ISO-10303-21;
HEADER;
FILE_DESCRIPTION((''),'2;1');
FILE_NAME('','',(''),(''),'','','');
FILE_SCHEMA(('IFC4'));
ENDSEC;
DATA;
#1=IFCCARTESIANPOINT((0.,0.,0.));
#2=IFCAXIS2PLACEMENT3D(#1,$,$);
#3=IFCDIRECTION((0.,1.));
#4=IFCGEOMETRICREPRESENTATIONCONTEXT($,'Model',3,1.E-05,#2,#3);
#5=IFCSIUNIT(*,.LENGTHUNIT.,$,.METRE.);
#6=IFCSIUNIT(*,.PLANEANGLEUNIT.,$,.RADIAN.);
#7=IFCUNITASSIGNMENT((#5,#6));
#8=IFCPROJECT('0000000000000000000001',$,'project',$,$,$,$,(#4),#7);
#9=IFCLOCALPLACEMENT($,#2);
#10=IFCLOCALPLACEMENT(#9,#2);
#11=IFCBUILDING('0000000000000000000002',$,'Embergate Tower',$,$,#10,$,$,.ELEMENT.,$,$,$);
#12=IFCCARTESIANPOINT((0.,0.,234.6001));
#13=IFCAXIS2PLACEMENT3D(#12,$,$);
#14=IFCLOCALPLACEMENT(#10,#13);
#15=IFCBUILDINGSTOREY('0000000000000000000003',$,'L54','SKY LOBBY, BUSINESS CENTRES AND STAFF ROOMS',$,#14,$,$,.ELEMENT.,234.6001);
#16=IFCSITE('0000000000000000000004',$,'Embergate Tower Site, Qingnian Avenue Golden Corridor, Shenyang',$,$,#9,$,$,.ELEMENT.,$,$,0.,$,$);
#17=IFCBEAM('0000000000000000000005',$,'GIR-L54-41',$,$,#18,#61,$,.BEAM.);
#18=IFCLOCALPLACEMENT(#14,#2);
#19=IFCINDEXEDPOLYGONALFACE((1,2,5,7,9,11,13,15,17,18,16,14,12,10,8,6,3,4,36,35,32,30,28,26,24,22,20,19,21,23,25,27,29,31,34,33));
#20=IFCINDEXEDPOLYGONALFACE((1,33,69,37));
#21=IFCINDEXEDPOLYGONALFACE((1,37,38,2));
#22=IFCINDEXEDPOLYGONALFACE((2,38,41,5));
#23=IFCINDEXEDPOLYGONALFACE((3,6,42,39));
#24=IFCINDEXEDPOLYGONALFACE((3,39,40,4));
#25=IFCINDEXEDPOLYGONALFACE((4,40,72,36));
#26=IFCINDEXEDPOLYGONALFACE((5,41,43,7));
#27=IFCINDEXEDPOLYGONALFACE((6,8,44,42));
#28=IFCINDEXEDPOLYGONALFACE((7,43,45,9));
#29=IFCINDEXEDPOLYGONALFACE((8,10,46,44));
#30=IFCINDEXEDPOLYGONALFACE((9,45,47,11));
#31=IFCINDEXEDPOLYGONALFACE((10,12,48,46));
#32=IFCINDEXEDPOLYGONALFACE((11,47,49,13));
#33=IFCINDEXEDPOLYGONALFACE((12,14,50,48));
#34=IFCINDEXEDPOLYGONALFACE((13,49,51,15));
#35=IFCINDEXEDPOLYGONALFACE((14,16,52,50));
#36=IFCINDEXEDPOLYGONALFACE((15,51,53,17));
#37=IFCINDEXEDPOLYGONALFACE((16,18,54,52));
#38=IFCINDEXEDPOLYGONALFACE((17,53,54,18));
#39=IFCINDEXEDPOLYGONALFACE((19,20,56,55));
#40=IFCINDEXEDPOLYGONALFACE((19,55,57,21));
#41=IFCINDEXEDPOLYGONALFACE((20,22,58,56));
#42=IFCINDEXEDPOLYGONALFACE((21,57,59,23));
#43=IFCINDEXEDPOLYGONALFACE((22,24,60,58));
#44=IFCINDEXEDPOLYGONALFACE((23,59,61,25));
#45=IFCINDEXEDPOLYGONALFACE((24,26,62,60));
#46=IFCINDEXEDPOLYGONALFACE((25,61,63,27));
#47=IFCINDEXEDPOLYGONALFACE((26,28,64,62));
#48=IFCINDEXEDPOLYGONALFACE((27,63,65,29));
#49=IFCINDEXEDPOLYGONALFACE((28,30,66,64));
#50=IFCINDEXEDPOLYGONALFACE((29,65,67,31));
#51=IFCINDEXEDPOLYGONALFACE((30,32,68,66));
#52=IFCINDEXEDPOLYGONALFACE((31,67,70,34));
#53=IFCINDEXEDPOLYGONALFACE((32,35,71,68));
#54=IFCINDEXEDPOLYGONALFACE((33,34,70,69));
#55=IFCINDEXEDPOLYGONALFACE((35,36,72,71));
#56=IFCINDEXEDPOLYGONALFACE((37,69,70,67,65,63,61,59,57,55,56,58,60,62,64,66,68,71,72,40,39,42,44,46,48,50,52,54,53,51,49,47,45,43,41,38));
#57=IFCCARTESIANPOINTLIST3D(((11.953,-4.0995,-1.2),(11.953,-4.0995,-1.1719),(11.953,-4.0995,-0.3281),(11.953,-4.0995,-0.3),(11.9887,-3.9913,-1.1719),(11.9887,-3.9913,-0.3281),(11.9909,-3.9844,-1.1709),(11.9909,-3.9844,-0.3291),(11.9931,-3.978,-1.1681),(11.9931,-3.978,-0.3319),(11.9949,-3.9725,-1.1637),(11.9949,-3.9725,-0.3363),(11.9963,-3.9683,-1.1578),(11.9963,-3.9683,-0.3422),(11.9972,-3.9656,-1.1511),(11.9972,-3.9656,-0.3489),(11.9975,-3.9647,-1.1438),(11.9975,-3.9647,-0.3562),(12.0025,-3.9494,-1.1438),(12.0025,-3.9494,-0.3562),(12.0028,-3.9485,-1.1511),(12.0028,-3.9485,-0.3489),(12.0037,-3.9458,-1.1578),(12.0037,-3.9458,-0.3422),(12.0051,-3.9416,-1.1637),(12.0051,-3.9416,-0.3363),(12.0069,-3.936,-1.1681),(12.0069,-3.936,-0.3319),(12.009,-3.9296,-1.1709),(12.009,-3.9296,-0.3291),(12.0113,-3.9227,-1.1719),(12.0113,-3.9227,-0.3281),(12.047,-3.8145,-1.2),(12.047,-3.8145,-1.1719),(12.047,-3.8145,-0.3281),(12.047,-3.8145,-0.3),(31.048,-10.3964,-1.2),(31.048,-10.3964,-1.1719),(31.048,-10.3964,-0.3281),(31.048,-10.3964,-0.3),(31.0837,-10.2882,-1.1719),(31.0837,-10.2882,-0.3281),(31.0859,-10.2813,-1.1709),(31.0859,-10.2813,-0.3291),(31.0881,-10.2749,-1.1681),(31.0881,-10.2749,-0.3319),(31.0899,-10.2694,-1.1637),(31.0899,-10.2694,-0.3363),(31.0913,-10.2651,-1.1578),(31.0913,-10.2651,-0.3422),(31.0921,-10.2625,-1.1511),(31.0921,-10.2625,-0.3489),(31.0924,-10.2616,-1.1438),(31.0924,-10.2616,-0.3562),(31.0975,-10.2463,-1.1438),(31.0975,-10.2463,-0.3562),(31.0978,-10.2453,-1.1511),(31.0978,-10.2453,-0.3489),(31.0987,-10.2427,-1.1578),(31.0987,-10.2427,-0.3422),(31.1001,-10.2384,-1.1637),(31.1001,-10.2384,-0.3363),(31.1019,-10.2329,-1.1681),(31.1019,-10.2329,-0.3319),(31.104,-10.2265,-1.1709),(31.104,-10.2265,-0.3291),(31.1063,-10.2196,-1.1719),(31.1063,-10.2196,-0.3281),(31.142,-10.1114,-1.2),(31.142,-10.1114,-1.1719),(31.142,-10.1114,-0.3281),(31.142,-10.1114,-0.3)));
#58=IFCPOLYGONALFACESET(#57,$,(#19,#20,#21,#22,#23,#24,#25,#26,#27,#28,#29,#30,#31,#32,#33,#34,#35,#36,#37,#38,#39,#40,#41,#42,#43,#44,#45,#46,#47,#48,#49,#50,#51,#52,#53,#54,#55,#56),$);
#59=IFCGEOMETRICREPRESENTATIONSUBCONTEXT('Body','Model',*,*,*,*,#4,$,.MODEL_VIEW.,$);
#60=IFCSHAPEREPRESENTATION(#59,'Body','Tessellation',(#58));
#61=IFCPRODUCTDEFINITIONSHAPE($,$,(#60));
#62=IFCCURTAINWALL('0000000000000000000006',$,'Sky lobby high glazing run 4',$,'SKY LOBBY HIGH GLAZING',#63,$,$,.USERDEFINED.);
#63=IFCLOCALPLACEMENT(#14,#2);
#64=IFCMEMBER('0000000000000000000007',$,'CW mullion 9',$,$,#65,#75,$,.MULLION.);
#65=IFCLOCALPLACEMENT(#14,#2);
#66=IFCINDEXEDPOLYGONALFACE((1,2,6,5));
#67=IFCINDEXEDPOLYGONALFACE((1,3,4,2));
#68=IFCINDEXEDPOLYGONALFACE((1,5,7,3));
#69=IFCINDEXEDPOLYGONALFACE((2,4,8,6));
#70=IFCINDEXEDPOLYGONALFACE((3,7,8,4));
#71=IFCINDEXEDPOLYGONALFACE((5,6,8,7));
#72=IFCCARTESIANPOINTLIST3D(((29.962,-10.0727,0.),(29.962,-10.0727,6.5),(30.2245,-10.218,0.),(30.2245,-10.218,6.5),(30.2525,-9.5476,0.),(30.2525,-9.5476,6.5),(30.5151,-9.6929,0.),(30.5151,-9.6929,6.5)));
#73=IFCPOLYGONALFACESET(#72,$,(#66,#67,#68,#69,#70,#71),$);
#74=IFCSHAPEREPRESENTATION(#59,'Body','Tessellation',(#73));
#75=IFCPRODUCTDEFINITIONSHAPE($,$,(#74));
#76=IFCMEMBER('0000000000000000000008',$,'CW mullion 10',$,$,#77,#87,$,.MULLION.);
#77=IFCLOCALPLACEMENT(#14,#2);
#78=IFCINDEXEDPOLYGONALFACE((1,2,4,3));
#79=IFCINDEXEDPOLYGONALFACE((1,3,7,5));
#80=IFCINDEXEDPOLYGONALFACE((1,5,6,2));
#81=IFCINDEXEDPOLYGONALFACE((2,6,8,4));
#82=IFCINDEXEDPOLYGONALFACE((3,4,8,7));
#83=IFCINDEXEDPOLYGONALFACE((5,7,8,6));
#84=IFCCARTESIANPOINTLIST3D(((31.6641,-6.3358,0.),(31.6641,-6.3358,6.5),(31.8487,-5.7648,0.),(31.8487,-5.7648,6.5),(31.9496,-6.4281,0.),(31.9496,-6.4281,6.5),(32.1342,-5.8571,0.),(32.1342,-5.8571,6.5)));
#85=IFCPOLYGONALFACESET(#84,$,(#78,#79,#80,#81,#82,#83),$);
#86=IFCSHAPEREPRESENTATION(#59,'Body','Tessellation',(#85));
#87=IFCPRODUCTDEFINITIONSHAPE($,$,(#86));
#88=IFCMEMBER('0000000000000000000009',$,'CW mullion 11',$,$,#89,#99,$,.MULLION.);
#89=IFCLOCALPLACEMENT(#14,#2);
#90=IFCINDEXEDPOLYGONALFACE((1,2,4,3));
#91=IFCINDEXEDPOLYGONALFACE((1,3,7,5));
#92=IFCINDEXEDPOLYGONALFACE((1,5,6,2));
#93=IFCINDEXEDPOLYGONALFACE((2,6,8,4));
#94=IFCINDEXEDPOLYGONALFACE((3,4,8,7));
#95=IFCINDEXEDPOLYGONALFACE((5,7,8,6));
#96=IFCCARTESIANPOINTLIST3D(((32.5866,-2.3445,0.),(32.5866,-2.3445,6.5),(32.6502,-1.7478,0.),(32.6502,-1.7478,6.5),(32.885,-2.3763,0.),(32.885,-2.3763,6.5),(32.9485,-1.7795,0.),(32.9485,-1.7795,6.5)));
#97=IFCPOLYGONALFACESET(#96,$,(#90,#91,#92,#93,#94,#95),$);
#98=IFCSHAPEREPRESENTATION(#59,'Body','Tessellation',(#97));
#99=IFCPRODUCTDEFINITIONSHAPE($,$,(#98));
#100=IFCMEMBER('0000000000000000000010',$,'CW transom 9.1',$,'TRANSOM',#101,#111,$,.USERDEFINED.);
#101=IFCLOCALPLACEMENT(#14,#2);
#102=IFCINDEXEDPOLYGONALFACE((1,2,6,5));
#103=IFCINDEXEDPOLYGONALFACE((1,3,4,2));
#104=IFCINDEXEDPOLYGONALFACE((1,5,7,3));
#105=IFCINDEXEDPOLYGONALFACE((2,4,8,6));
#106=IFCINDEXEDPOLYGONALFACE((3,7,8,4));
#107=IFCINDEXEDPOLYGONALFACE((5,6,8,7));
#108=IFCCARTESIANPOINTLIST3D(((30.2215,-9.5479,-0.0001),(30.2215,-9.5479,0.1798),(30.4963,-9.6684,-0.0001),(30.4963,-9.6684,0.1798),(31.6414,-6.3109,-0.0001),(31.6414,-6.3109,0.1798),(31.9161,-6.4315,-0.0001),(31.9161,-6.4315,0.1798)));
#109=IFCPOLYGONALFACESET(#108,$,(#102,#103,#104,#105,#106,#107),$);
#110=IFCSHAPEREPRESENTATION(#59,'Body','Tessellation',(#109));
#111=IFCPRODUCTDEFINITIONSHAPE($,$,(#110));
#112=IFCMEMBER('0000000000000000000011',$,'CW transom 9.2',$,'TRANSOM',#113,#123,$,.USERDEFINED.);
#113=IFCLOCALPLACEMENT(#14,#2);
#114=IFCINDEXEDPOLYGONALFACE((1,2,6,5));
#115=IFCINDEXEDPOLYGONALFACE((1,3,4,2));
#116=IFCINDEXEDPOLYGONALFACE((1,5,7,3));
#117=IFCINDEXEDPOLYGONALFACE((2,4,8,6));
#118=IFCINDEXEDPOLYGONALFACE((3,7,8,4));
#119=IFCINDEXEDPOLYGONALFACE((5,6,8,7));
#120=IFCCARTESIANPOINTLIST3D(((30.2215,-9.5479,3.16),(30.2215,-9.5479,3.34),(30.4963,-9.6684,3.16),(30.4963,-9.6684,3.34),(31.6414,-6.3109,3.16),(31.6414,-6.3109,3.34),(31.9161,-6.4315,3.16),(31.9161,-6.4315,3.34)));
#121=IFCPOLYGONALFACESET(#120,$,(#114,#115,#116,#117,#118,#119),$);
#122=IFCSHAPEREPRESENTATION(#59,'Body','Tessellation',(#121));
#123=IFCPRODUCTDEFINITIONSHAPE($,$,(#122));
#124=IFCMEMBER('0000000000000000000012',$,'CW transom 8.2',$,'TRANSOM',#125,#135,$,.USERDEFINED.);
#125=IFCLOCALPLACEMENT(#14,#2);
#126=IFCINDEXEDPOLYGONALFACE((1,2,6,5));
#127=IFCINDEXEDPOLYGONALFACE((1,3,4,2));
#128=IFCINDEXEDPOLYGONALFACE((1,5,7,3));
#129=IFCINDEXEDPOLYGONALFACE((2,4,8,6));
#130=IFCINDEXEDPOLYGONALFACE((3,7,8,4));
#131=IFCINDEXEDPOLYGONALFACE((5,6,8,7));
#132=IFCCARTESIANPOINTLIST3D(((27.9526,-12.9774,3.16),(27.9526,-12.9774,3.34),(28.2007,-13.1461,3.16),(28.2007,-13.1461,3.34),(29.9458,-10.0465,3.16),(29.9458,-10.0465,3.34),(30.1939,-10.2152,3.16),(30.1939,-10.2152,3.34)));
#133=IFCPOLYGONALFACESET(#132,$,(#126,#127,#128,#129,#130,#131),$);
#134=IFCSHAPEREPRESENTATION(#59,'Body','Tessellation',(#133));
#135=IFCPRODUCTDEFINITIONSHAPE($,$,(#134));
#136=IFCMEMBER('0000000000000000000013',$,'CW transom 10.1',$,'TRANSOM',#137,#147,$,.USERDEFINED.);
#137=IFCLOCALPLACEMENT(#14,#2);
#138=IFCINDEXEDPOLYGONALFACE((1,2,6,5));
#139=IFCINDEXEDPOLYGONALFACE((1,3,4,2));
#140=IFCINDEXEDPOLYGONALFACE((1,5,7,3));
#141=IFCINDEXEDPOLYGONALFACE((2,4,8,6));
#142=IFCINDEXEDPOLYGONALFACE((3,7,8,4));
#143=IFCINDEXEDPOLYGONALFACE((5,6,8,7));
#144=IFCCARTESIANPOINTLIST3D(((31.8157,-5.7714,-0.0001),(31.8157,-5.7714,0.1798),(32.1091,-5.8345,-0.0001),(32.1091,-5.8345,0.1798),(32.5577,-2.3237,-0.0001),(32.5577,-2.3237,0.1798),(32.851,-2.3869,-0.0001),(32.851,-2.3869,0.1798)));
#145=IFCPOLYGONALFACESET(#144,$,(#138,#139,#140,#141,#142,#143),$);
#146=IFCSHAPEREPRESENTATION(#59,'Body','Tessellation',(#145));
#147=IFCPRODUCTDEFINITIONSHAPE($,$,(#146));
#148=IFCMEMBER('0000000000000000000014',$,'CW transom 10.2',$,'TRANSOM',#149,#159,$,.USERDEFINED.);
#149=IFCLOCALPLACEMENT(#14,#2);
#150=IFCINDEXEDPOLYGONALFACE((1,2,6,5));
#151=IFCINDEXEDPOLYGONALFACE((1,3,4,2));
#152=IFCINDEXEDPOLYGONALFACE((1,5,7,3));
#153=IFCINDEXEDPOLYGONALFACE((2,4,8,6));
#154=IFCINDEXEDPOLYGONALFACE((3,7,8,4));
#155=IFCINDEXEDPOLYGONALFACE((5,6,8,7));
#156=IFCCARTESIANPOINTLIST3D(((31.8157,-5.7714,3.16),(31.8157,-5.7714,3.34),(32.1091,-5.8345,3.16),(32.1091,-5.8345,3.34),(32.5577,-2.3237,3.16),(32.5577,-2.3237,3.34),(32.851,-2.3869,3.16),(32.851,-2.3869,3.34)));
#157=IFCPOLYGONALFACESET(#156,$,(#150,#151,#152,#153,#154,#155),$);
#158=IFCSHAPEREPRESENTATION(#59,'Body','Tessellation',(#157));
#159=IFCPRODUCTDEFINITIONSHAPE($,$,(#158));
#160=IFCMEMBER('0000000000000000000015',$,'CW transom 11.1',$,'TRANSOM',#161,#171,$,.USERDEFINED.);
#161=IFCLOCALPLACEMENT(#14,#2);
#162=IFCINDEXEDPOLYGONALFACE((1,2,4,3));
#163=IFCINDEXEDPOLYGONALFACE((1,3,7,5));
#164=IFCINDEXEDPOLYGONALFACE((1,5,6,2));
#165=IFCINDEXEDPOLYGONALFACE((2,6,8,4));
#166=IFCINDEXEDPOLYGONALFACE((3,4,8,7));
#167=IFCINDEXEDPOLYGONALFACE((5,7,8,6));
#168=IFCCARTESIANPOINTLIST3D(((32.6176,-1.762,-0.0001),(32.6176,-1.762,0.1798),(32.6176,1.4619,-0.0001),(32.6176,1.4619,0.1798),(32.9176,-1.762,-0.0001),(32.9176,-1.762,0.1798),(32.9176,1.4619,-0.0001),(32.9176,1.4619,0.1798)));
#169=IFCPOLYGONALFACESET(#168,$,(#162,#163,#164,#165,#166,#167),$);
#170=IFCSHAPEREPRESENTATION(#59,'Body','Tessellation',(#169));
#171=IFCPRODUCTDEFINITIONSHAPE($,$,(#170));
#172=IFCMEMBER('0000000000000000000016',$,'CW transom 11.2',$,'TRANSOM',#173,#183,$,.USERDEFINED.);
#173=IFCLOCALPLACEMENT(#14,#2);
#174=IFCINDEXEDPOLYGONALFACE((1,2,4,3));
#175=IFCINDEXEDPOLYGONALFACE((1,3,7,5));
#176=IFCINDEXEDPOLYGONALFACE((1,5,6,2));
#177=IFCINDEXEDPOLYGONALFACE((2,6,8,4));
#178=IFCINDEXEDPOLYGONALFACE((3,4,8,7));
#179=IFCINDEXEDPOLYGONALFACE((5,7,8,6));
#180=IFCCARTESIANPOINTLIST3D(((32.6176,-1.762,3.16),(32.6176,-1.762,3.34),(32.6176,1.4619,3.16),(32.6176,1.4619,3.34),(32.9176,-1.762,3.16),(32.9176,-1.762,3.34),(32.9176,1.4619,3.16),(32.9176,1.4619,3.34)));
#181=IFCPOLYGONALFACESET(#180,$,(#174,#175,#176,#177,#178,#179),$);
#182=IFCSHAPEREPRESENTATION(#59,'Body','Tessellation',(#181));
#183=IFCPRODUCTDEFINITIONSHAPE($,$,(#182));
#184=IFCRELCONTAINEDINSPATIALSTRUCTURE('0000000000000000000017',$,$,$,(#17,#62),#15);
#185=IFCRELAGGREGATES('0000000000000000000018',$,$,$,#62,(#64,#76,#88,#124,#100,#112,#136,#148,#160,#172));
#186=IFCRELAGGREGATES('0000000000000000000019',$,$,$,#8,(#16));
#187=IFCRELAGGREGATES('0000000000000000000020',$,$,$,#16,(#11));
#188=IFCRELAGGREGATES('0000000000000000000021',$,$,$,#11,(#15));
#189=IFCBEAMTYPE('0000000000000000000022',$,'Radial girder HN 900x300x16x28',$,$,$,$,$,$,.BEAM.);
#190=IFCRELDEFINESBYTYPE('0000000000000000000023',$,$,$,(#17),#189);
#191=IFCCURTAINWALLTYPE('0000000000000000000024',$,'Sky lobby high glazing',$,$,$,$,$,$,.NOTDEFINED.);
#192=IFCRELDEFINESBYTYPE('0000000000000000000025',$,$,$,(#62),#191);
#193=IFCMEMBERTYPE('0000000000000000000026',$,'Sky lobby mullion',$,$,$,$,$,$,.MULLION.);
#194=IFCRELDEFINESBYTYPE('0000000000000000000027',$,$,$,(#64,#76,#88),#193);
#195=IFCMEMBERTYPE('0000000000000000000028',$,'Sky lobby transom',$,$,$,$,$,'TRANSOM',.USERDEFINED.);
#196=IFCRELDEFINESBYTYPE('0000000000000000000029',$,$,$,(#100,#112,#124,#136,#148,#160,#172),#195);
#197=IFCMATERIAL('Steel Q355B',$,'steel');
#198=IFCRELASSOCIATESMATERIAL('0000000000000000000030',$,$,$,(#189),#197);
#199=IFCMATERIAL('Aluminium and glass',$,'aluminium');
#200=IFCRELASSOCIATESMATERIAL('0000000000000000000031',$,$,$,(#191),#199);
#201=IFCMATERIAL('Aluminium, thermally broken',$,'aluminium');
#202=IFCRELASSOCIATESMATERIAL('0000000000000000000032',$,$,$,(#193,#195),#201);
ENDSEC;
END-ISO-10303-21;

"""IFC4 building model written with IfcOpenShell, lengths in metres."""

from ifc_helpers import new_model, si_unit, direction, frame, origin, origin_2d, place, context, subcontext, project, spatial, rectangle, i_section, extrude, source, transform, mapped, material, material_profile, profile_set, type_object, element, aggregate, save


model = new_model("IFC4")

# Units and contexts
model_context = context("Model", 3, precision=1e-05, world=origin(), true_north=direction((0.0, 1.0)))
body_context = subcontext(model_context, "Body", "Model", "MODEL_VIEW")
ifc_project = project(units=[si_unit("LENGTHUNIT", "METRE"), si_unit("PLANEANGLEUNIT", "RADIAN")], contexts=[model_context])

# Site, building, storey
site_placement = place(None, origin())
site = spatial("IfcSite", under=ifc_project, at=site_placement, Name="Embergate Tower Site, Qingnian Avenue Golden Corridor, Shenyang", CompositionType="ELEMENT", RefElevation=0.0)
building_placement = place(site_placement, origin())
building = spatial("IfcBuilding", under=site, at=building_placement, Name="Embergate Tower", CompositionType="ELEMENT")
storey_placement = place(building_placement, frame((0.0, 0.0, 234.6001)))
storey = spatial("IfcBuildingStorey", under=building, at=storey_placement, Name="L54", Description="SKY LOBBY, BUSINESS CENTRES AND STAFF ROOMS", CompositionType="ELEMENT", Elevation=234.6001)

# Beam
ifc_material_1 = material(Name="Steel Q355B", Category="steel")
ifc_material_profile_1 = material_profile(ifc_material_1, i_section(OverallWidth=0.3, OverallDepth=0.8999, WebThickness=0.0161, FlangeThickness=0.0281, FilletRadius=0.0281, at=origin_2d()), Name="HN 900x300x16x28")
ifc_profile_set_1 = profile_set([ifc_material_profile_1], Name="Steel Q355 grade B")
beam_type_1 = type_object("IfcBeamType", Name="Radial girder HN 900x300x16x28", PredefinedType="BEAM", material=ifc_profile_set_1)
shared_shape_1 = source(origin(), body_context, "Body", "SweptSolid", [
    extrude(i_section(OverallWidth=0.3, OverallDepth=0.8999, WebThickness=0.0161, FlangeThickness=0.0281, FilletRadius=0.0281, at=origin_2d()), origin(), (0.0, 0.0, 1.0), 20.1064),
])
beam_1_placement = place(storey_placement, frame((31.095, -10.2539, -0.75), z_axis=(-0.949695, 0.313177, 0.0), x_axis=(-0.313177, -0.949695, 0.0)))
element("IfcBeam", 1, at=beam_1_placement, inside=storey, type_object=beam_type_1, Name="GIR-L54-41", PredefinedType="BEAM", context=body_context, shape_type="MappedRepresentation", body=[
    mapped(shared_shape_1, transform((0.0, 0.0, 0.0))),
])

# Curtain wall, members
ifc_material_2 = material(Name="Aluminium and glass", Category="aluminium")
curtain_wall_type = type_object("IfcCurtainWallType", Name="Sky lobby high glazing", PredefinedType="NOTDEFINED", material=ifc_material_2)
curtain_wall_placement = place(storey_placement, origin())
curtain_wall = element("IfcCurtainWall", 2, at=curtain_wall_placement, inside=storey, type_object=curtain_wall_type, Name="Sky lobby high glazing run 4", ObjectType="SKY LOBBY HIGH GLAZING", PredefinedType="USERDEFINED")
ifc_material_3 = material(Name="Aluminium, thermally broken", Category="aluminium")
ifc_material_profile_2 = material_profile(ifc_material_3, rectangle(XDim=0.3, YDim=0.6001, at=origin_2d()), Name="AL 600x300")
ifc_profile_set_2 = profile_set([ifc_material_profile_2], Name="Aluminium, thermally broken")
member_type_1 = type_object("IfcMemberType", Name="Sky lobby mullion", PredefinedType="MULLION", material=ifc_profile_set_2)
shared_shape_2 = source(origin(), body_context, "Body", "SweptSolid", [
    extrude(rectangle(XDim=0.3, YDim=0.6001, at=origin_2d()), origin(), (0.0, 0.0, 1.0), 6.5),
])
member_1_placement = place(storey_placement, frame((30.2385, -9.8828, 0.0), z_axis=(0.0, 0.0, 1.0), x_axis=(-0.874989, 0.484142, 0.0)))
member_1 = element("IfcMember", 3, at=member_1_placement, type_object=member_type_1, Name="CW mullion 9", PredefinedType="MULLION", context=body_context, shape_type="MappedRepresentation", body=[
    mapped(shared_shape_2, transform((0.0, 0.0, 0.0))),
])
member_2_placement = place(storey_placement, frame((31.8992, -6.0964, 0.0), z_axis=(0.0, 0.0, 1.0), x_axis=(-0.951491, 0.307677, 0.0)))
member_2 = element("IfcMember", 4, at=member_2_placement, type_object=member_type_1, Name="CW mullion 10", PredefinedType="MULLION", context=body_context, shape_type="MappedRepresentation", body=[
    mapped(shared_shape_2, transform((0.0, 0.0, 0.0))),
])
member_3_placement = place(storey_placement, frame((32.7676, -2.062, 0.0), z_axis=(0.0, 0.0, 1.0), x_axis=(-0.994384, 0.105832, 0.0)))
member_3 = element("IfcMember", 5, at=member_3_placement, type_object=member_type_1, Name="CW mullion 11", PredefinedType="MULLION", context=body_context, shape_type="MappedRepresentation", body=[
    mapped(shared_shape_2, transform((0.0, 0.0, 0.0))),
])
ifc_material_profile_3 = material_profile(ifc_material_3, rectangle(XDim=0.3, YDim=0.1799, at=origin_2d()), Name="AL 180x300")
ifc_profile_set_3 = profile_set([ifc_material_profile_3], Name="Aluminium, thermally broken")
member_type_2 = type_object("IfcMemberType", Name="Sky lobby transom", ElementType="TRANSOM", PredefinedType="USERDEFINED", material=ifc_profile_set_3)
shared_shape_3 = source(origin(), body_context, "Body", "SweptSolid", [
    extrude(rectangle(XDim=0.3, YDim=0.1799, at=origin_2d()), origin(), (0.0, 0.0, 1.0), 3.5347),
])
member_4_placement = place(storey_placement, frame((30.3589, -9.6082, 0.0898), z_axis=(0.401699, 0.915772, 0.0), x_axis=(-0.915772, 0.401699, 0.0)))
member_4 = element("IfcMember", 6, at=member_4_placement, type_object=member_type_2, Name="CW transom 9.1", ObjectType="TRANSOM", PredefinedType="USERDEFINED", context=body_context, shape_type="MappedRepresentation", body=[
    mapped(shared_shape_3, transform((0.0, 0.0, 0.0))),
])
member_5_placement = place(storey_placement, frame((30.3589, -9.6082, 3.25), z_axis=(0.401699, 0.915772, 0.0), x_axis=(-0.915772, 0.401699, 0.0)))
member_5 = element("IfcMember", 7, at=member_5_placement, type_object=member_type_2, Name="CW transom 9.2", ObjectType="TRANSOM", PredefinedType="USERDEFINED", context=body_context, shape_type="MappedRepresentation", body=[
    mapped(shared_shape_3, transform((0.0, 0.0, 0.0))),
])
shared_shape_4 = source(origin(), body_context, "Body", "SweptSolid", [
    extrude(rectangle(XDim=0.3, YDim=0.1799, at=origin_2d()), origin(), (0.0, 0.0, 1.0), 3.5444),
])
member_6_placement = place(storey_placement, frame((28.0767, -13.0618, 3.25), z_axis=(0.562338, 0.826907, 0.0), x_axis=(-0.826907, 0.562338, 0.0)))
member_6 = element("IfcMember", 8, at=member_6_placement, type_object=member_type_2, Name="CW transom 8.2", ObjectType="TRANSOM", PredefinedType="USERDEFINED", context=body_context, shape_type="MappedRepresentation", body=[
    mapped(shared_shape_4, transform((0.0, 0.0, 0.0))),
])
shared_shape_5 = source(origin(), body_context, "Body", "SweptSolid", [
    extrude(rectangle(XDim=0.3, YDim=0.1799, at=origin_2d()), origin(), (0.0, 0.0, 1.0), 3.5266),
])
member_7_placement = place(storey_placement, frame((31.9624, -5.803, 0.0898), z_axis=(0.21038, 0.97762, 0.0), x_axis=(-0.97762, 0.21038, 0.0)))
member_7 = element("IfcMember", 9, at=member_7_placement, type_object=member_type_2, Name="CW transom 10.1", ObjectType="TRANSOM", PredefinedType="USERDEFINED", context=body_context, shape_type="MappedRepresentation", body=[
    mapped(shared_shape_5, transform((0.0, 0.0, 0.0))),
])
member_8_placement = place(storey_placement, frame((31.9624, -5.803, 3.25), z_axis=(0.21038, 0.97762, 0.0), x_axis=(-0.97762, 0.21038, 0.0)))
member_8 = element("IfcMember", 10, at=member_8_placement, type_object=member_type_2, Name="CW transom 10.2", ObjectType="TRANSOM", PredefinedType="USERDEFINED", context=body_context, shape_type="MappedRepresentation", body=[
    mapped(shared_shape_5, transform((0.0, 0.0, 0.0))),
])
shared_shape_6 = source(origin(), body_context, "Body", "SweptSolid", [
    extrude(rectangle(XDim=0.3, YDim=0.1799, at=origin_2d()), origin(), (0.0, 0.0, 1.0), 3.2239),
])
member_9_placement = place(storey_placement, frame((32.7676, -1.762, 0.0898), z_axis=(0.0, 1.0, 0.0), x_axis=(-1.0, 0.0, 0.0)))
member_9 = element("IfcMember", 11, at=member_9_placement, type_object=member_type_2, Name="CW transom 11.1", ObjectType="TRANSOM", PredefinedType="USERDEFINED", context=body_context, shape_type="MappedRepresentation", body=[
    mapped(shared_shape_6, transform((0.0, 0.0, 0.0))),
])
member_10_placement = place(storey_placement, frame((32.7676, -1.762, 3.25), z_axis=(0.0, 1.0, 0.0), x_axis=(-1.0, 0.0, 0.0)))
member_10 = element("IfcMember", 12, at=member_10_placement, type_object=member_type_2, Name="CW transom 11.2", ObjectType="TRANSOM", PredefinedType="USERDEFINED", context=body_context, shape_type="MappedRepresentation", body=[
    mapped(shared_shape_6, transform((0.0, 0.0, 0.0))),
])
aggregate(curtain_wall, [member_1, member_2, member_3, member_6, member_4, member_5, member_7, member_8, member_9, member_10])

save(model, "model.ifc")
